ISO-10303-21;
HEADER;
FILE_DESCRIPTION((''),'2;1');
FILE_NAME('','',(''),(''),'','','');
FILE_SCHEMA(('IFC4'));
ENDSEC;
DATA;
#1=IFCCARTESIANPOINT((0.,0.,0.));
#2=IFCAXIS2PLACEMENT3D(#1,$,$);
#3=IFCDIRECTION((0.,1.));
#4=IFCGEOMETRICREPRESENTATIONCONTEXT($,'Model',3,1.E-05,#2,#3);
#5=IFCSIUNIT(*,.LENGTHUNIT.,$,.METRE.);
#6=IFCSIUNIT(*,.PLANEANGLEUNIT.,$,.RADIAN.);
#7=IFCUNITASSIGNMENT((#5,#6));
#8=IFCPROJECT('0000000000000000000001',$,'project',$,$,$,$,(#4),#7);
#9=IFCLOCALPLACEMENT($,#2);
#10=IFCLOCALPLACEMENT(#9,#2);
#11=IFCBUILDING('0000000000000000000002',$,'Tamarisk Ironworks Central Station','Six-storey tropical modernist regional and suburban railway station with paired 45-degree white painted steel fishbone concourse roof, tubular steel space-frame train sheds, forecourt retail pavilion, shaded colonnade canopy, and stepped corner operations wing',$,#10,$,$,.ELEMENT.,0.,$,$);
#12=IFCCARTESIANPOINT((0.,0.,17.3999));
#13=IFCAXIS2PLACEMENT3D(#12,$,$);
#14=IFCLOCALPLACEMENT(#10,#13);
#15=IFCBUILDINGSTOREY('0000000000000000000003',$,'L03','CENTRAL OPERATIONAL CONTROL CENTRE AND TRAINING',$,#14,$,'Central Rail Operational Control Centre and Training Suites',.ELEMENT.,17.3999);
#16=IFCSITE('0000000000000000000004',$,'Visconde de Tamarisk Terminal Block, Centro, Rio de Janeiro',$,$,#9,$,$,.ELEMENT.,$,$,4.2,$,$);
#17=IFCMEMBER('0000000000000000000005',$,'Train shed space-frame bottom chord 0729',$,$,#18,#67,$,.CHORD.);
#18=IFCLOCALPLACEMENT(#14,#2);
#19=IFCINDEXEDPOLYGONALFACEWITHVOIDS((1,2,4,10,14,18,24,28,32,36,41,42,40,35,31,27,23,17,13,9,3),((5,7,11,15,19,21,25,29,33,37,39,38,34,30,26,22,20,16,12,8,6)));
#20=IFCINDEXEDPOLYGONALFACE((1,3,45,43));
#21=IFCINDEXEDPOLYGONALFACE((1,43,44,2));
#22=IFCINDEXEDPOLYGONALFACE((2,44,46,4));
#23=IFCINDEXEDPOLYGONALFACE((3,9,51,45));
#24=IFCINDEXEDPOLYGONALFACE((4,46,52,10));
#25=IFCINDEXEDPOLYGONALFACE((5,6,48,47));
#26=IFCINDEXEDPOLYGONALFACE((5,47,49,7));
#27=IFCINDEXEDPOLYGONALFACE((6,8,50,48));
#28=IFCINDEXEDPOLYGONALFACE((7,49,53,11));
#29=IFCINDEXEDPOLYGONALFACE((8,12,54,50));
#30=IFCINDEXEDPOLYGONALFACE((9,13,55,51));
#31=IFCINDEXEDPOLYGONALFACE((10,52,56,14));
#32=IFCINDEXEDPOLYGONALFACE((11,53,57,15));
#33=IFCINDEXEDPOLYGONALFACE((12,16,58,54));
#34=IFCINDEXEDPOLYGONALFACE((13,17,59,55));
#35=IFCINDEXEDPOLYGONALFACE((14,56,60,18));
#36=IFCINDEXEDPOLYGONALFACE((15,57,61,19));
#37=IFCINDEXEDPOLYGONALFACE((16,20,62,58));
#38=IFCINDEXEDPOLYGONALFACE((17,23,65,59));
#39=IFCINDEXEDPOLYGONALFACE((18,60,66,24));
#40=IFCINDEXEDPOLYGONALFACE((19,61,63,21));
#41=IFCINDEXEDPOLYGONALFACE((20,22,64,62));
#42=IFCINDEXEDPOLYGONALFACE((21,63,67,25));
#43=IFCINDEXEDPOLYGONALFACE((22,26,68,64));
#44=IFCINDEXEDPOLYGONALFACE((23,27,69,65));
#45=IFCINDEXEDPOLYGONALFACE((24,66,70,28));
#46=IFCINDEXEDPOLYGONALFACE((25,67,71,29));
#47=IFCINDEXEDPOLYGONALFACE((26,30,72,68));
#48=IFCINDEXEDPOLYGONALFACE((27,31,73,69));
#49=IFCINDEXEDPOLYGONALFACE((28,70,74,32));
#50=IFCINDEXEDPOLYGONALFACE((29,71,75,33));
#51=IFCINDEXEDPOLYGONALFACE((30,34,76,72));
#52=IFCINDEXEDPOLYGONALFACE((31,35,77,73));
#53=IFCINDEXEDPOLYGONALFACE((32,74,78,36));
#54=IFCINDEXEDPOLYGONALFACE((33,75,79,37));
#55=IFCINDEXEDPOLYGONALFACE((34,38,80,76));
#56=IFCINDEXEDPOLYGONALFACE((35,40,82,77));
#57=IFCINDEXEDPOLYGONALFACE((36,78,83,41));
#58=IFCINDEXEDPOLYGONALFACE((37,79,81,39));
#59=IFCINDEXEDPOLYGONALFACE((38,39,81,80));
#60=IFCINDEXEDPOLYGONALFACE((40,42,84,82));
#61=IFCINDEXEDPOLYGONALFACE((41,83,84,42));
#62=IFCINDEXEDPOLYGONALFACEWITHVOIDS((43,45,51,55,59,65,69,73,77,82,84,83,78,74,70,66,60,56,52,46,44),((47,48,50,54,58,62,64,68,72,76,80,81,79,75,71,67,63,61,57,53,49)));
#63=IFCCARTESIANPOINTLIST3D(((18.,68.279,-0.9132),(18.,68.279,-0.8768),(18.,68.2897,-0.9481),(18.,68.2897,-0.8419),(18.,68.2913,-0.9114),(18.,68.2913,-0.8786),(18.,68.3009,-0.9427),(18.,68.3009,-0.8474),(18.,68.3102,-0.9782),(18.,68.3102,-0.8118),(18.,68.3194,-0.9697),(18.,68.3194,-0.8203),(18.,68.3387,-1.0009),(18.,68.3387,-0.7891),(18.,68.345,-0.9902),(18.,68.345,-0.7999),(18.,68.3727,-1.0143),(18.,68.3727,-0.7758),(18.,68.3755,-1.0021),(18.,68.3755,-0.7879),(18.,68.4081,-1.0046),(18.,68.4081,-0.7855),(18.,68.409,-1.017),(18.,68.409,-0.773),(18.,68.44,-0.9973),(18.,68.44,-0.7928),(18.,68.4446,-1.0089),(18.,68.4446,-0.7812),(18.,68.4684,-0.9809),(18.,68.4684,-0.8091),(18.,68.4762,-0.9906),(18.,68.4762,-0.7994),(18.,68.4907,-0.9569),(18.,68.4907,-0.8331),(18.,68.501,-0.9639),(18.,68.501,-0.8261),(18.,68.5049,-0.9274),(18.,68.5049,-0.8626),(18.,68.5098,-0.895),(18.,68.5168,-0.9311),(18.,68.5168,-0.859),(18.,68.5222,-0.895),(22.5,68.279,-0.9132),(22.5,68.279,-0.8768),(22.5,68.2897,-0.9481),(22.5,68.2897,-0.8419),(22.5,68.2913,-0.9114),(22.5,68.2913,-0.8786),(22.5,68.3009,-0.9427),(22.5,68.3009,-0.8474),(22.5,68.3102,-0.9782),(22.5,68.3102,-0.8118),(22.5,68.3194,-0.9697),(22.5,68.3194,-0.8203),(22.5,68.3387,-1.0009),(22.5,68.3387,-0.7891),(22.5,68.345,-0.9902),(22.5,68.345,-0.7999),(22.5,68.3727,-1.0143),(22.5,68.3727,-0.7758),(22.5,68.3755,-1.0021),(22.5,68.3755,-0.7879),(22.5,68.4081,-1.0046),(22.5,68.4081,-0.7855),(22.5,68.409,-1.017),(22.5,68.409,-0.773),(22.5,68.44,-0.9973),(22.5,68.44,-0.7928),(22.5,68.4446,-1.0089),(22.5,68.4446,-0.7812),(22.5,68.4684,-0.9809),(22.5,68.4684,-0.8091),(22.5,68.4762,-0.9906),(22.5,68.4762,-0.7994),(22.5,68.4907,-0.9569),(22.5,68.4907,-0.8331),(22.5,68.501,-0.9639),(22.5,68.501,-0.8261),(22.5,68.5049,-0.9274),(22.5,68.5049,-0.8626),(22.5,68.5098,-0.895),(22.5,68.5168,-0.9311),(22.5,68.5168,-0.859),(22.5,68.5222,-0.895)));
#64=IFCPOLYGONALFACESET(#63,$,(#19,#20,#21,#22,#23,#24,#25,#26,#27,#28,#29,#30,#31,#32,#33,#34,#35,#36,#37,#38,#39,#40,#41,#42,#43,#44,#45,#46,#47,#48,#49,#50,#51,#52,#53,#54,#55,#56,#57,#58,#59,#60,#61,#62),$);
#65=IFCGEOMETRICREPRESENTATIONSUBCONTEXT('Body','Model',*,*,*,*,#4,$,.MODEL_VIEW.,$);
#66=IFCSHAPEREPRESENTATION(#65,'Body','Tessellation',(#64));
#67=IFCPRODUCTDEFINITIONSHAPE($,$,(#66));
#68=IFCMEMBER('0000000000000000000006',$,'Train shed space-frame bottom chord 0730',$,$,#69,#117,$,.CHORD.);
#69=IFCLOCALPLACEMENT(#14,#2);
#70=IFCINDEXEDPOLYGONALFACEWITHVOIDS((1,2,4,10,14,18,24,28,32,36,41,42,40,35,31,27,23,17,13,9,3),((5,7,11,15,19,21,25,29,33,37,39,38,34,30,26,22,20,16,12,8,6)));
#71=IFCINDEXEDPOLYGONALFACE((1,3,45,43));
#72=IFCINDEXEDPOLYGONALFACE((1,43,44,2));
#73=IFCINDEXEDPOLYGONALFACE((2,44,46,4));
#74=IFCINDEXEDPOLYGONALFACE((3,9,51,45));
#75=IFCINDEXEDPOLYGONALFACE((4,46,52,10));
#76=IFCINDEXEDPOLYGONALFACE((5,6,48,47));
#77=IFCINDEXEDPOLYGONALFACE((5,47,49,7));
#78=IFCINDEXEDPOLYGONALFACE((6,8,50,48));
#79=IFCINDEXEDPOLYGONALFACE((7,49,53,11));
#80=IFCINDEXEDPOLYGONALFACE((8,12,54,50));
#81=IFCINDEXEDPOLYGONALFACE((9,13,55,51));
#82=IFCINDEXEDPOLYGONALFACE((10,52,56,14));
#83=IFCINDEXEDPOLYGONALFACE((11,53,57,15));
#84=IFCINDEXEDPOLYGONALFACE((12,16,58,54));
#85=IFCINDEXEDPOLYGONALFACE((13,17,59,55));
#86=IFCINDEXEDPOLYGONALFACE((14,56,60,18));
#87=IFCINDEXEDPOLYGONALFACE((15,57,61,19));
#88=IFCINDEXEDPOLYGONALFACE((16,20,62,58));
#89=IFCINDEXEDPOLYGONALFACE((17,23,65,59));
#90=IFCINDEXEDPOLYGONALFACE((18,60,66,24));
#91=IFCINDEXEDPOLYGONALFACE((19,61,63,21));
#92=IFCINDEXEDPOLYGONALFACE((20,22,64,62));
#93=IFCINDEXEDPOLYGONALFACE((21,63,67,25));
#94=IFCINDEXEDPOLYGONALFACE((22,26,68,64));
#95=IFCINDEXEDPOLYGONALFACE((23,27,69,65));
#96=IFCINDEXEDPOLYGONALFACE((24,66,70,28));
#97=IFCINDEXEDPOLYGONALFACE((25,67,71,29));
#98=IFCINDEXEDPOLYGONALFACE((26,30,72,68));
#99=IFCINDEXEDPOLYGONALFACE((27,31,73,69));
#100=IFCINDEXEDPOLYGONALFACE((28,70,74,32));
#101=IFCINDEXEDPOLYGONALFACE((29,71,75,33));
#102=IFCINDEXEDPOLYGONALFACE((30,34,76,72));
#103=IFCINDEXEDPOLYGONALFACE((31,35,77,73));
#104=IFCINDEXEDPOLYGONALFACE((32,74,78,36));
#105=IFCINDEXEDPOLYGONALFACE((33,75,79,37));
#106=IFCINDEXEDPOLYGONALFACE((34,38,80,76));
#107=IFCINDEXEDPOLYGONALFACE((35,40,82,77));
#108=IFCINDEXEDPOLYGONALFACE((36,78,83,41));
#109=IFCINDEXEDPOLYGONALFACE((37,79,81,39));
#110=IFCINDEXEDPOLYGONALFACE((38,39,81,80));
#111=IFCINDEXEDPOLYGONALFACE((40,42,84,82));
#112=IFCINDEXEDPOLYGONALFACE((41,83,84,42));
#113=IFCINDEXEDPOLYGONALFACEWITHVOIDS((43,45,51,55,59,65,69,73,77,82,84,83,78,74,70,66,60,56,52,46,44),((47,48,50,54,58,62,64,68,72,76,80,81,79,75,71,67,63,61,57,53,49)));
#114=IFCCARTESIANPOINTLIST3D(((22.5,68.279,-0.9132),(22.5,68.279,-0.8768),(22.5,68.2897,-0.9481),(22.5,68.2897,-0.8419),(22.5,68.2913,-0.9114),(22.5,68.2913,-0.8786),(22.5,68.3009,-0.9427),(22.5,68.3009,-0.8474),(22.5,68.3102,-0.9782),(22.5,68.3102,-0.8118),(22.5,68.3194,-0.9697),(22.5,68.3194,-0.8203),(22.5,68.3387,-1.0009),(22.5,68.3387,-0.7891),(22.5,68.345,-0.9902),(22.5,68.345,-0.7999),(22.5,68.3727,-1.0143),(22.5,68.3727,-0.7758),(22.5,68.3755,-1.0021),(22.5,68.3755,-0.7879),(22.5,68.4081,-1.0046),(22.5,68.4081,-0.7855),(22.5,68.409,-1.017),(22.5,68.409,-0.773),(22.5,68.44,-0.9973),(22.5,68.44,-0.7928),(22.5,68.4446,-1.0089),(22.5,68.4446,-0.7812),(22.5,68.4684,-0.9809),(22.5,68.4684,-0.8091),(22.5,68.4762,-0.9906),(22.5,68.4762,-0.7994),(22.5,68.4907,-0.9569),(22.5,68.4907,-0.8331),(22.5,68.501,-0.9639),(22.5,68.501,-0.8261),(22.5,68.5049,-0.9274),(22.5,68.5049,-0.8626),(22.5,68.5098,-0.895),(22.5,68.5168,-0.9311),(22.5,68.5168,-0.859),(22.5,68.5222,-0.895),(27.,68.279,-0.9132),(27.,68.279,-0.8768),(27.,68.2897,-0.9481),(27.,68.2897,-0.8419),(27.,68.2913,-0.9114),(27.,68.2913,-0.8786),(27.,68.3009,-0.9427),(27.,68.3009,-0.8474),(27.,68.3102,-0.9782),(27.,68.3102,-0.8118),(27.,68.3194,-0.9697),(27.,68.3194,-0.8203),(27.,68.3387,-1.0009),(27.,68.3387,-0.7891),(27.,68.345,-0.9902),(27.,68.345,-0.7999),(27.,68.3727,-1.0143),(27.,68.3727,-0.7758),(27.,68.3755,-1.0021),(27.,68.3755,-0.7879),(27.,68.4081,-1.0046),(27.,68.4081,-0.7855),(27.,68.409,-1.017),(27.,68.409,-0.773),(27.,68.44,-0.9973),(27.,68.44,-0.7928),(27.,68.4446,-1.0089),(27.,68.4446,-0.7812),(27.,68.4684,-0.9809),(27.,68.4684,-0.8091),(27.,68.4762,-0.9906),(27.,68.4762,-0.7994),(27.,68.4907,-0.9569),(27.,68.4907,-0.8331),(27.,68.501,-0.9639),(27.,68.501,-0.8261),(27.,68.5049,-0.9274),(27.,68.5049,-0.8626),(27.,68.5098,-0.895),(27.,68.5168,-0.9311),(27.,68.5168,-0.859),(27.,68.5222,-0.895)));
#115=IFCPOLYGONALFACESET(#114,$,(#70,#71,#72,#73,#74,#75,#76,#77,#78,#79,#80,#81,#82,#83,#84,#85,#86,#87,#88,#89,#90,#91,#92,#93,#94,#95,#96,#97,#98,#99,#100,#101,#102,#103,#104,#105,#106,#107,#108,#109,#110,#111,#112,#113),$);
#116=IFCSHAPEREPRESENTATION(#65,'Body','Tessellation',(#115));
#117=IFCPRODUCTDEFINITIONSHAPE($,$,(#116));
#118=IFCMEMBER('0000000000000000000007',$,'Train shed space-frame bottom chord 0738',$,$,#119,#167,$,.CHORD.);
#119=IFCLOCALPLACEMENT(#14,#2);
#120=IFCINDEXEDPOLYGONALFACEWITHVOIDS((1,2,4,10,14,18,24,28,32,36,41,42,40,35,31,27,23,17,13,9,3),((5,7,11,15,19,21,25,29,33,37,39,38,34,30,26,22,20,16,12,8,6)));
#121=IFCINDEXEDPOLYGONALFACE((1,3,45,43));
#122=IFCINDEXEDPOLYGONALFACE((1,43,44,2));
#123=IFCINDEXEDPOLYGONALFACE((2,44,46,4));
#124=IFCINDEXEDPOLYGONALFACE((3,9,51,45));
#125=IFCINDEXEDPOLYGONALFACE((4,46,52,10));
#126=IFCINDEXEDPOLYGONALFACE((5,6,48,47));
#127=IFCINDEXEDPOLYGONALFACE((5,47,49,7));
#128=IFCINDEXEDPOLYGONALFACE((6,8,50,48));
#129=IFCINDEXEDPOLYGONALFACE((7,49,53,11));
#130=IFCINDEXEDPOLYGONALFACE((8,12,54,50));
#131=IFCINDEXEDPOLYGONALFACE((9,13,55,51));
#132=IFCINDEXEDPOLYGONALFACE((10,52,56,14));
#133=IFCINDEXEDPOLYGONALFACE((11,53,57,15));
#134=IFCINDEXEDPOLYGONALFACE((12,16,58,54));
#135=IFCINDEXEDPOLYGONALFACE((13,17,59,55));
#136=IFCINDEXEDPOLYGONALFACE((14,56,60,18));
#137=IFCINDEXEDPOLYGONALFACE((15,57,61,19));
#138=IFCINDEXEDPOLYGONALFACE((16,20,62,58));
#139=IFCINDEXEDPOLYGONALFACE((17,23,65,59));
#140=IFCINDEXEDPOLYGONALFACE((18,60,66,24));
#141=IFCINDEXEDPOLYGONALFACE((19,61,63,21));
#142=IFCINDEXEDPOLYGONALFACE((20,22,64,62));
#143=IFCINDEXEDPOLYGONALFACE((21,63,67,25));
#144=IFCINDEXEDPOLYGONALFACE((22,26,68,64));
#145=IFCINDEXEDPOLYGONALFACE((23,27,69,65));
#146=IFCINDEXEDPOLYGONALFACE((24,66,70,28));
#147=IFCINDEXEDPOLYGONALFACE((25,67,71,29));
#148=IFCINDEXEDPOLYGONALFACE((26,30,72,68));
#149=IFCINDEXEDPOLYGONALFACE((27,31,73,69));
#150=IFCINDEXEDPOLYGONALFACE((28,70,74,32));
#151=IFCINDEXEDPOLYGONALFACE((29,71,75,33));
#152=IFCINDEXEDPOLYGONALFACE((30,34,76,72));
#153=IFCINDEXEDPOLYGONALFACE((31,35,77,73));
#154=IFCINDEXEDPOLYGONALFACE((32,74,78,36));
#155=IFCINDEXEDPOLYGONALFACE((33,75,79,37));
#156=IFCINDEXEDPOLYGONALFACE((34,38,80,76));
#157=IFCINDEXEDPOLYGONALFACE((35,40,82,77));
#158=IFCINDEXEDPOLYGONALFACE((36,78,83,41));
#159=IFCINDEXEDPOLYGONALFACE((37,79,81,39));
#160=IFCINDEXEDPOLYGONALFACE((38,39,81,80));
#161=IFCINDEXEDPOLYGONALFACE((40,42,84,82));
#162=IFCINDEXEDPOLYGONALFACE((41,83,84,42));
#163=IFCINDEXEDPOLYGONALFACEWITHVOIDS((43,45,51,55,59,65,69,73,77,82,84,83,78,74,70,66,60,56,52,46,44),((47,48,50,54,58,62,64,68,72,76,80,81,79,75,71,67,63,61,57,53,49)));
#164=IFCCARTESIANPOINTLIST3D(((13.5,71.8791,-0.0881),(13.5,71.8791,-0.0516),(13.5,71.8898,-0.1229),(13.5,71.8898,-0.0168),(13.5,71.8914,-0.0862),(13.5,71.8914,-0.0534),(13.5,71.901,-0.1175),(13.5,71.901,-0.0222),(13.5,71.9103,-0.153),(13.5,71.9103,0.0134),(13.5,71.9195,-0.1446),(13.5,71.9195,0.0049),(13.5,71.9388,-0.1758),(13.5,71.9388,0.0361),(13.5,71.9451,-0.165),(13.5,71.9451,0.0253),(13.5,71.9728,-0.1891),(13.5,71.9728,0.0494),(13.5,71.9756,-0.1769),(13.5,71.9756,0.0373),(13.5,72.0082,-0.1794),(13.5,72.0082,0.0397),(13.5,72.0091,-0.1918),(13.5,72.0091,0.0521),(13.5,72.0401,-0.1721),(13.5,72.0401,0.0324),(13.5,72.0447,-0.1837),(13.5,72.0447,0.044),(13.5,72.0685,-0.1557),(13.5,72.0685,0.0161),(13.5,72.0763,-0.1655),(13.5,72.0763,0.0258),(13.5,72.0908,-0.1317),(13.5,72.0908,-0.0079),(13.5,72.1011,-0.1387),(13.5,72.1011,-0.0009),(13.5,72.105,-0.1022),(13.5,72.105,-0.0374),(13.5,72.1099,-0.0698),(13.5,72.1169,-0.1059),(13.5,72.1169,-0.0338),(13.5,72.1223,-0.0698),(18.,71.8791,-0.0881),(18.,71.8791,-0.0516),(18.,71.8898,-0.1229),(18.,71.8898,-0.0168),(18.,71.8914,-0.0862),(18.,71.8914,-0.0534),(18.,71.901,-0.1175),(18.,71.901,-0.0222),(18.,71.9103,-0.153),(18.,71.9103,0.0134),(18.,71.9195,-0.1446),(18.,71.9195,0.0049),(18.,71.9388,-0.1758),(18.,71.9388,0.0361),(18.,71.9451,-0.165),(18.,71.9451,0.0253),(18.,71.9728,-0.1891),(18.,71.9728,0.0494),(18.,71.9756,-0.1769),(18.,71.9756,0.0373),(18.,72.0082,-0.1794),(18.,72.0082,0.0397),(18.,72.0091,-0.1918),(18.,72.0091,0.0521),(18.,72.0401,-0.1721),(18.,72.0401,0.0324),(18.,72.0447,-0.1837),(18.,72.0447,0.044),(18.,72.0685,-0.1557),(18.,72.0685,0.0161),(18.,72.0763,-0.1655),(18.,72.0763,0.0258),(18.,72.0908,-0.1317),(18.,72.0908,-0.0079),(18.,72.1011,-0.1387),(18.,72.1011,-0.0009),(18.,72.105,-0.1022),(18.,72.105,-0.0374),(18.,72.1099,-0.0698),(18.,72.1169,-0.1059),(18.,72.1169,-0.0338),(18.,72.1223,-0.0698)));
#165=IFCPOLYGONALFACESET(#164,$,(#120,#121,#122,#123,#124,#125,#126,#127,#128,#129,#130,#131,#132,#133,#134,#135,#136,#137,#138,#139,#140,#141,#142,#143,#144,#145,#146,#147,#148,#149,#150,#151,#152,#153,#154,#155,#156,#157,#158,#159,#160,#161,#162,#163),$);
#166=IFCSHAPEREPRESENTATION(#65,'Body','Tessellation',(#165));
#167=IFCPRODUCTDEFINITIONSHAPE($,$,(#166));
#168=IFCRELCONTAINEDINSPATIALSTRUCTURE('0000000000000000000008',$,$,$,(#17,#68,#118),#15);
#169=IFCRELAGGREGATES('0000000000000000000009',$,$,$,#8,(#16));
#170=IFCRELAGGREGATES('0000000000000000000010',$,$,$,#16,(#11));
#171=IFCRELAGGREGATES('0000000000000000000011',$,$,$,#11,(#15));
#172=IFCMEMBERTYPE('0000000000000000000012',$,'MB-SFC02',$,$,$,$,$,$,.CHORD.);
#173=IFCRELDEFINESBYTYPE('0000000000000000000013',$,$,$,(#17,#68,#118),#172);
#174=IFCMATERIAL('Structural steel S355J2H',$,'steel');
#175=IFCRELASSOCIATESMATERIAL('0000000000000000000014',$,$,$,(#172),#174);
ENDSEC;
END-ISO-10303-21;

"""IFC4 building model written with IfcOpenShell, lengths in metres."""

from ifc_helpers import new_model, si_unit, direction, frame, origin, origin_2d, place, context, subcontext, project, spatial, hollow_circle, extrude, material, material_profile, profile_set, type_object, element, save


model = new_model("IFC4")

# Units and contexts
model_context = context("Model", 3, precision=1e-05, world=origin(), true_north=direction((0.0, 1.0)))
body_context = subcontext(model_context, "Body", "Model", "MODEL_VIEW")
ifc_project = project(units=[si_unit("LENGTHUNIT", "METRE"), si_unit("PLANEANGLEUNIT", "RADIAN")], contexts=[model_context])

# Site, building, storey
site_placement = place(None, origin())
site = spatial("IfcSite", under=ifc_project, at=site_placement, Name="Visconde de Tamarisk Terminal Block, Centro, Rio de Janeiro", CompositionType="ELEMENT", RefElevation=4.2)
building_placement = place(site_placement, origin())
building = spatial("IfcBuilding", under=site, at=building_placement, Name="Tamarisk Ironworks Central Station", Description="Six-storey tropical modernist regional and suburban railway station with paired 45-degree white painted steel fishbone concourse roof, tubular steel space-frame train sheds, forecourt retail pavilion, shaded colonnade canopy, and stepped corner operations wing", CompositionType="ELEMENT", ElevationOfRefHeight=0.0)
storey_placement = place(building_placement, frame((0.0, 0.0, 17.3999)))
storey = spatial("IfcBuildingStorey", under=building, at=storey_placement, Name="L03", Description="CENTRAL OPERATIONAL CONTROL CENTRE AND TRAINING", LongName="Central Rail Operational Control Centre and Training Suites", CompositionType="ELEMENT", Elevation=17.3999)

# Members
ifc_material = material(Name="Structural steel S355J2H", Category="steel")
ifc_material_profile_1 = material_profile(ifc_material, hollow_circle(Radius=0.1223, WallThickness=0.0125, at=origin_2d()), Name="CHS 244.5x12.5")
ifc_profile_set_1 = profile_set([ifc_material_profile_1], Name="Structural steel S355J2H")
member_type_1 = type_object("IfcMemberType", Name="MB-SFC02", PredefinedType="CHORD", material=ifc_profile_set_1)
for number, where, z_axis, x_axis, name in (
    (1, (18.0, 68.3999, -0.895), (1.0, 0.0, 0.0), (0.0, 1.0, 0.0), "Train shed space-frame bottom chord 0729"),
    (2, (22.5, 68.3999, -0.895), (1.0, 0.0, 0.0), (0.0, 1.0, 0.0), "Train shed space-frame bottom chord 0730"),
    (3, (13.5, 72.0, -0.0698), (1.0, 0.0, 0.0), (0.0, 1.0, 0.0), "Train shed space-frame bottom chord 0738"),
):
    element("IfcMember", number, at=place(storey_placement, frame(where, z_axis=z_axis, x_axis=x_axis)), inside=storey, type_object=member_type_1, Name=name, PredefinedType="CHORD", context=body_context, shape_type="SweptSolid", body=[
        extrude(hollow_circle(Radius=0.1223, WallThickness=0.0125, at=origin_2d()), origin(), (0.0, 0.0, 1.0), 4.5),
    ])

save(model, "model.ifc")
